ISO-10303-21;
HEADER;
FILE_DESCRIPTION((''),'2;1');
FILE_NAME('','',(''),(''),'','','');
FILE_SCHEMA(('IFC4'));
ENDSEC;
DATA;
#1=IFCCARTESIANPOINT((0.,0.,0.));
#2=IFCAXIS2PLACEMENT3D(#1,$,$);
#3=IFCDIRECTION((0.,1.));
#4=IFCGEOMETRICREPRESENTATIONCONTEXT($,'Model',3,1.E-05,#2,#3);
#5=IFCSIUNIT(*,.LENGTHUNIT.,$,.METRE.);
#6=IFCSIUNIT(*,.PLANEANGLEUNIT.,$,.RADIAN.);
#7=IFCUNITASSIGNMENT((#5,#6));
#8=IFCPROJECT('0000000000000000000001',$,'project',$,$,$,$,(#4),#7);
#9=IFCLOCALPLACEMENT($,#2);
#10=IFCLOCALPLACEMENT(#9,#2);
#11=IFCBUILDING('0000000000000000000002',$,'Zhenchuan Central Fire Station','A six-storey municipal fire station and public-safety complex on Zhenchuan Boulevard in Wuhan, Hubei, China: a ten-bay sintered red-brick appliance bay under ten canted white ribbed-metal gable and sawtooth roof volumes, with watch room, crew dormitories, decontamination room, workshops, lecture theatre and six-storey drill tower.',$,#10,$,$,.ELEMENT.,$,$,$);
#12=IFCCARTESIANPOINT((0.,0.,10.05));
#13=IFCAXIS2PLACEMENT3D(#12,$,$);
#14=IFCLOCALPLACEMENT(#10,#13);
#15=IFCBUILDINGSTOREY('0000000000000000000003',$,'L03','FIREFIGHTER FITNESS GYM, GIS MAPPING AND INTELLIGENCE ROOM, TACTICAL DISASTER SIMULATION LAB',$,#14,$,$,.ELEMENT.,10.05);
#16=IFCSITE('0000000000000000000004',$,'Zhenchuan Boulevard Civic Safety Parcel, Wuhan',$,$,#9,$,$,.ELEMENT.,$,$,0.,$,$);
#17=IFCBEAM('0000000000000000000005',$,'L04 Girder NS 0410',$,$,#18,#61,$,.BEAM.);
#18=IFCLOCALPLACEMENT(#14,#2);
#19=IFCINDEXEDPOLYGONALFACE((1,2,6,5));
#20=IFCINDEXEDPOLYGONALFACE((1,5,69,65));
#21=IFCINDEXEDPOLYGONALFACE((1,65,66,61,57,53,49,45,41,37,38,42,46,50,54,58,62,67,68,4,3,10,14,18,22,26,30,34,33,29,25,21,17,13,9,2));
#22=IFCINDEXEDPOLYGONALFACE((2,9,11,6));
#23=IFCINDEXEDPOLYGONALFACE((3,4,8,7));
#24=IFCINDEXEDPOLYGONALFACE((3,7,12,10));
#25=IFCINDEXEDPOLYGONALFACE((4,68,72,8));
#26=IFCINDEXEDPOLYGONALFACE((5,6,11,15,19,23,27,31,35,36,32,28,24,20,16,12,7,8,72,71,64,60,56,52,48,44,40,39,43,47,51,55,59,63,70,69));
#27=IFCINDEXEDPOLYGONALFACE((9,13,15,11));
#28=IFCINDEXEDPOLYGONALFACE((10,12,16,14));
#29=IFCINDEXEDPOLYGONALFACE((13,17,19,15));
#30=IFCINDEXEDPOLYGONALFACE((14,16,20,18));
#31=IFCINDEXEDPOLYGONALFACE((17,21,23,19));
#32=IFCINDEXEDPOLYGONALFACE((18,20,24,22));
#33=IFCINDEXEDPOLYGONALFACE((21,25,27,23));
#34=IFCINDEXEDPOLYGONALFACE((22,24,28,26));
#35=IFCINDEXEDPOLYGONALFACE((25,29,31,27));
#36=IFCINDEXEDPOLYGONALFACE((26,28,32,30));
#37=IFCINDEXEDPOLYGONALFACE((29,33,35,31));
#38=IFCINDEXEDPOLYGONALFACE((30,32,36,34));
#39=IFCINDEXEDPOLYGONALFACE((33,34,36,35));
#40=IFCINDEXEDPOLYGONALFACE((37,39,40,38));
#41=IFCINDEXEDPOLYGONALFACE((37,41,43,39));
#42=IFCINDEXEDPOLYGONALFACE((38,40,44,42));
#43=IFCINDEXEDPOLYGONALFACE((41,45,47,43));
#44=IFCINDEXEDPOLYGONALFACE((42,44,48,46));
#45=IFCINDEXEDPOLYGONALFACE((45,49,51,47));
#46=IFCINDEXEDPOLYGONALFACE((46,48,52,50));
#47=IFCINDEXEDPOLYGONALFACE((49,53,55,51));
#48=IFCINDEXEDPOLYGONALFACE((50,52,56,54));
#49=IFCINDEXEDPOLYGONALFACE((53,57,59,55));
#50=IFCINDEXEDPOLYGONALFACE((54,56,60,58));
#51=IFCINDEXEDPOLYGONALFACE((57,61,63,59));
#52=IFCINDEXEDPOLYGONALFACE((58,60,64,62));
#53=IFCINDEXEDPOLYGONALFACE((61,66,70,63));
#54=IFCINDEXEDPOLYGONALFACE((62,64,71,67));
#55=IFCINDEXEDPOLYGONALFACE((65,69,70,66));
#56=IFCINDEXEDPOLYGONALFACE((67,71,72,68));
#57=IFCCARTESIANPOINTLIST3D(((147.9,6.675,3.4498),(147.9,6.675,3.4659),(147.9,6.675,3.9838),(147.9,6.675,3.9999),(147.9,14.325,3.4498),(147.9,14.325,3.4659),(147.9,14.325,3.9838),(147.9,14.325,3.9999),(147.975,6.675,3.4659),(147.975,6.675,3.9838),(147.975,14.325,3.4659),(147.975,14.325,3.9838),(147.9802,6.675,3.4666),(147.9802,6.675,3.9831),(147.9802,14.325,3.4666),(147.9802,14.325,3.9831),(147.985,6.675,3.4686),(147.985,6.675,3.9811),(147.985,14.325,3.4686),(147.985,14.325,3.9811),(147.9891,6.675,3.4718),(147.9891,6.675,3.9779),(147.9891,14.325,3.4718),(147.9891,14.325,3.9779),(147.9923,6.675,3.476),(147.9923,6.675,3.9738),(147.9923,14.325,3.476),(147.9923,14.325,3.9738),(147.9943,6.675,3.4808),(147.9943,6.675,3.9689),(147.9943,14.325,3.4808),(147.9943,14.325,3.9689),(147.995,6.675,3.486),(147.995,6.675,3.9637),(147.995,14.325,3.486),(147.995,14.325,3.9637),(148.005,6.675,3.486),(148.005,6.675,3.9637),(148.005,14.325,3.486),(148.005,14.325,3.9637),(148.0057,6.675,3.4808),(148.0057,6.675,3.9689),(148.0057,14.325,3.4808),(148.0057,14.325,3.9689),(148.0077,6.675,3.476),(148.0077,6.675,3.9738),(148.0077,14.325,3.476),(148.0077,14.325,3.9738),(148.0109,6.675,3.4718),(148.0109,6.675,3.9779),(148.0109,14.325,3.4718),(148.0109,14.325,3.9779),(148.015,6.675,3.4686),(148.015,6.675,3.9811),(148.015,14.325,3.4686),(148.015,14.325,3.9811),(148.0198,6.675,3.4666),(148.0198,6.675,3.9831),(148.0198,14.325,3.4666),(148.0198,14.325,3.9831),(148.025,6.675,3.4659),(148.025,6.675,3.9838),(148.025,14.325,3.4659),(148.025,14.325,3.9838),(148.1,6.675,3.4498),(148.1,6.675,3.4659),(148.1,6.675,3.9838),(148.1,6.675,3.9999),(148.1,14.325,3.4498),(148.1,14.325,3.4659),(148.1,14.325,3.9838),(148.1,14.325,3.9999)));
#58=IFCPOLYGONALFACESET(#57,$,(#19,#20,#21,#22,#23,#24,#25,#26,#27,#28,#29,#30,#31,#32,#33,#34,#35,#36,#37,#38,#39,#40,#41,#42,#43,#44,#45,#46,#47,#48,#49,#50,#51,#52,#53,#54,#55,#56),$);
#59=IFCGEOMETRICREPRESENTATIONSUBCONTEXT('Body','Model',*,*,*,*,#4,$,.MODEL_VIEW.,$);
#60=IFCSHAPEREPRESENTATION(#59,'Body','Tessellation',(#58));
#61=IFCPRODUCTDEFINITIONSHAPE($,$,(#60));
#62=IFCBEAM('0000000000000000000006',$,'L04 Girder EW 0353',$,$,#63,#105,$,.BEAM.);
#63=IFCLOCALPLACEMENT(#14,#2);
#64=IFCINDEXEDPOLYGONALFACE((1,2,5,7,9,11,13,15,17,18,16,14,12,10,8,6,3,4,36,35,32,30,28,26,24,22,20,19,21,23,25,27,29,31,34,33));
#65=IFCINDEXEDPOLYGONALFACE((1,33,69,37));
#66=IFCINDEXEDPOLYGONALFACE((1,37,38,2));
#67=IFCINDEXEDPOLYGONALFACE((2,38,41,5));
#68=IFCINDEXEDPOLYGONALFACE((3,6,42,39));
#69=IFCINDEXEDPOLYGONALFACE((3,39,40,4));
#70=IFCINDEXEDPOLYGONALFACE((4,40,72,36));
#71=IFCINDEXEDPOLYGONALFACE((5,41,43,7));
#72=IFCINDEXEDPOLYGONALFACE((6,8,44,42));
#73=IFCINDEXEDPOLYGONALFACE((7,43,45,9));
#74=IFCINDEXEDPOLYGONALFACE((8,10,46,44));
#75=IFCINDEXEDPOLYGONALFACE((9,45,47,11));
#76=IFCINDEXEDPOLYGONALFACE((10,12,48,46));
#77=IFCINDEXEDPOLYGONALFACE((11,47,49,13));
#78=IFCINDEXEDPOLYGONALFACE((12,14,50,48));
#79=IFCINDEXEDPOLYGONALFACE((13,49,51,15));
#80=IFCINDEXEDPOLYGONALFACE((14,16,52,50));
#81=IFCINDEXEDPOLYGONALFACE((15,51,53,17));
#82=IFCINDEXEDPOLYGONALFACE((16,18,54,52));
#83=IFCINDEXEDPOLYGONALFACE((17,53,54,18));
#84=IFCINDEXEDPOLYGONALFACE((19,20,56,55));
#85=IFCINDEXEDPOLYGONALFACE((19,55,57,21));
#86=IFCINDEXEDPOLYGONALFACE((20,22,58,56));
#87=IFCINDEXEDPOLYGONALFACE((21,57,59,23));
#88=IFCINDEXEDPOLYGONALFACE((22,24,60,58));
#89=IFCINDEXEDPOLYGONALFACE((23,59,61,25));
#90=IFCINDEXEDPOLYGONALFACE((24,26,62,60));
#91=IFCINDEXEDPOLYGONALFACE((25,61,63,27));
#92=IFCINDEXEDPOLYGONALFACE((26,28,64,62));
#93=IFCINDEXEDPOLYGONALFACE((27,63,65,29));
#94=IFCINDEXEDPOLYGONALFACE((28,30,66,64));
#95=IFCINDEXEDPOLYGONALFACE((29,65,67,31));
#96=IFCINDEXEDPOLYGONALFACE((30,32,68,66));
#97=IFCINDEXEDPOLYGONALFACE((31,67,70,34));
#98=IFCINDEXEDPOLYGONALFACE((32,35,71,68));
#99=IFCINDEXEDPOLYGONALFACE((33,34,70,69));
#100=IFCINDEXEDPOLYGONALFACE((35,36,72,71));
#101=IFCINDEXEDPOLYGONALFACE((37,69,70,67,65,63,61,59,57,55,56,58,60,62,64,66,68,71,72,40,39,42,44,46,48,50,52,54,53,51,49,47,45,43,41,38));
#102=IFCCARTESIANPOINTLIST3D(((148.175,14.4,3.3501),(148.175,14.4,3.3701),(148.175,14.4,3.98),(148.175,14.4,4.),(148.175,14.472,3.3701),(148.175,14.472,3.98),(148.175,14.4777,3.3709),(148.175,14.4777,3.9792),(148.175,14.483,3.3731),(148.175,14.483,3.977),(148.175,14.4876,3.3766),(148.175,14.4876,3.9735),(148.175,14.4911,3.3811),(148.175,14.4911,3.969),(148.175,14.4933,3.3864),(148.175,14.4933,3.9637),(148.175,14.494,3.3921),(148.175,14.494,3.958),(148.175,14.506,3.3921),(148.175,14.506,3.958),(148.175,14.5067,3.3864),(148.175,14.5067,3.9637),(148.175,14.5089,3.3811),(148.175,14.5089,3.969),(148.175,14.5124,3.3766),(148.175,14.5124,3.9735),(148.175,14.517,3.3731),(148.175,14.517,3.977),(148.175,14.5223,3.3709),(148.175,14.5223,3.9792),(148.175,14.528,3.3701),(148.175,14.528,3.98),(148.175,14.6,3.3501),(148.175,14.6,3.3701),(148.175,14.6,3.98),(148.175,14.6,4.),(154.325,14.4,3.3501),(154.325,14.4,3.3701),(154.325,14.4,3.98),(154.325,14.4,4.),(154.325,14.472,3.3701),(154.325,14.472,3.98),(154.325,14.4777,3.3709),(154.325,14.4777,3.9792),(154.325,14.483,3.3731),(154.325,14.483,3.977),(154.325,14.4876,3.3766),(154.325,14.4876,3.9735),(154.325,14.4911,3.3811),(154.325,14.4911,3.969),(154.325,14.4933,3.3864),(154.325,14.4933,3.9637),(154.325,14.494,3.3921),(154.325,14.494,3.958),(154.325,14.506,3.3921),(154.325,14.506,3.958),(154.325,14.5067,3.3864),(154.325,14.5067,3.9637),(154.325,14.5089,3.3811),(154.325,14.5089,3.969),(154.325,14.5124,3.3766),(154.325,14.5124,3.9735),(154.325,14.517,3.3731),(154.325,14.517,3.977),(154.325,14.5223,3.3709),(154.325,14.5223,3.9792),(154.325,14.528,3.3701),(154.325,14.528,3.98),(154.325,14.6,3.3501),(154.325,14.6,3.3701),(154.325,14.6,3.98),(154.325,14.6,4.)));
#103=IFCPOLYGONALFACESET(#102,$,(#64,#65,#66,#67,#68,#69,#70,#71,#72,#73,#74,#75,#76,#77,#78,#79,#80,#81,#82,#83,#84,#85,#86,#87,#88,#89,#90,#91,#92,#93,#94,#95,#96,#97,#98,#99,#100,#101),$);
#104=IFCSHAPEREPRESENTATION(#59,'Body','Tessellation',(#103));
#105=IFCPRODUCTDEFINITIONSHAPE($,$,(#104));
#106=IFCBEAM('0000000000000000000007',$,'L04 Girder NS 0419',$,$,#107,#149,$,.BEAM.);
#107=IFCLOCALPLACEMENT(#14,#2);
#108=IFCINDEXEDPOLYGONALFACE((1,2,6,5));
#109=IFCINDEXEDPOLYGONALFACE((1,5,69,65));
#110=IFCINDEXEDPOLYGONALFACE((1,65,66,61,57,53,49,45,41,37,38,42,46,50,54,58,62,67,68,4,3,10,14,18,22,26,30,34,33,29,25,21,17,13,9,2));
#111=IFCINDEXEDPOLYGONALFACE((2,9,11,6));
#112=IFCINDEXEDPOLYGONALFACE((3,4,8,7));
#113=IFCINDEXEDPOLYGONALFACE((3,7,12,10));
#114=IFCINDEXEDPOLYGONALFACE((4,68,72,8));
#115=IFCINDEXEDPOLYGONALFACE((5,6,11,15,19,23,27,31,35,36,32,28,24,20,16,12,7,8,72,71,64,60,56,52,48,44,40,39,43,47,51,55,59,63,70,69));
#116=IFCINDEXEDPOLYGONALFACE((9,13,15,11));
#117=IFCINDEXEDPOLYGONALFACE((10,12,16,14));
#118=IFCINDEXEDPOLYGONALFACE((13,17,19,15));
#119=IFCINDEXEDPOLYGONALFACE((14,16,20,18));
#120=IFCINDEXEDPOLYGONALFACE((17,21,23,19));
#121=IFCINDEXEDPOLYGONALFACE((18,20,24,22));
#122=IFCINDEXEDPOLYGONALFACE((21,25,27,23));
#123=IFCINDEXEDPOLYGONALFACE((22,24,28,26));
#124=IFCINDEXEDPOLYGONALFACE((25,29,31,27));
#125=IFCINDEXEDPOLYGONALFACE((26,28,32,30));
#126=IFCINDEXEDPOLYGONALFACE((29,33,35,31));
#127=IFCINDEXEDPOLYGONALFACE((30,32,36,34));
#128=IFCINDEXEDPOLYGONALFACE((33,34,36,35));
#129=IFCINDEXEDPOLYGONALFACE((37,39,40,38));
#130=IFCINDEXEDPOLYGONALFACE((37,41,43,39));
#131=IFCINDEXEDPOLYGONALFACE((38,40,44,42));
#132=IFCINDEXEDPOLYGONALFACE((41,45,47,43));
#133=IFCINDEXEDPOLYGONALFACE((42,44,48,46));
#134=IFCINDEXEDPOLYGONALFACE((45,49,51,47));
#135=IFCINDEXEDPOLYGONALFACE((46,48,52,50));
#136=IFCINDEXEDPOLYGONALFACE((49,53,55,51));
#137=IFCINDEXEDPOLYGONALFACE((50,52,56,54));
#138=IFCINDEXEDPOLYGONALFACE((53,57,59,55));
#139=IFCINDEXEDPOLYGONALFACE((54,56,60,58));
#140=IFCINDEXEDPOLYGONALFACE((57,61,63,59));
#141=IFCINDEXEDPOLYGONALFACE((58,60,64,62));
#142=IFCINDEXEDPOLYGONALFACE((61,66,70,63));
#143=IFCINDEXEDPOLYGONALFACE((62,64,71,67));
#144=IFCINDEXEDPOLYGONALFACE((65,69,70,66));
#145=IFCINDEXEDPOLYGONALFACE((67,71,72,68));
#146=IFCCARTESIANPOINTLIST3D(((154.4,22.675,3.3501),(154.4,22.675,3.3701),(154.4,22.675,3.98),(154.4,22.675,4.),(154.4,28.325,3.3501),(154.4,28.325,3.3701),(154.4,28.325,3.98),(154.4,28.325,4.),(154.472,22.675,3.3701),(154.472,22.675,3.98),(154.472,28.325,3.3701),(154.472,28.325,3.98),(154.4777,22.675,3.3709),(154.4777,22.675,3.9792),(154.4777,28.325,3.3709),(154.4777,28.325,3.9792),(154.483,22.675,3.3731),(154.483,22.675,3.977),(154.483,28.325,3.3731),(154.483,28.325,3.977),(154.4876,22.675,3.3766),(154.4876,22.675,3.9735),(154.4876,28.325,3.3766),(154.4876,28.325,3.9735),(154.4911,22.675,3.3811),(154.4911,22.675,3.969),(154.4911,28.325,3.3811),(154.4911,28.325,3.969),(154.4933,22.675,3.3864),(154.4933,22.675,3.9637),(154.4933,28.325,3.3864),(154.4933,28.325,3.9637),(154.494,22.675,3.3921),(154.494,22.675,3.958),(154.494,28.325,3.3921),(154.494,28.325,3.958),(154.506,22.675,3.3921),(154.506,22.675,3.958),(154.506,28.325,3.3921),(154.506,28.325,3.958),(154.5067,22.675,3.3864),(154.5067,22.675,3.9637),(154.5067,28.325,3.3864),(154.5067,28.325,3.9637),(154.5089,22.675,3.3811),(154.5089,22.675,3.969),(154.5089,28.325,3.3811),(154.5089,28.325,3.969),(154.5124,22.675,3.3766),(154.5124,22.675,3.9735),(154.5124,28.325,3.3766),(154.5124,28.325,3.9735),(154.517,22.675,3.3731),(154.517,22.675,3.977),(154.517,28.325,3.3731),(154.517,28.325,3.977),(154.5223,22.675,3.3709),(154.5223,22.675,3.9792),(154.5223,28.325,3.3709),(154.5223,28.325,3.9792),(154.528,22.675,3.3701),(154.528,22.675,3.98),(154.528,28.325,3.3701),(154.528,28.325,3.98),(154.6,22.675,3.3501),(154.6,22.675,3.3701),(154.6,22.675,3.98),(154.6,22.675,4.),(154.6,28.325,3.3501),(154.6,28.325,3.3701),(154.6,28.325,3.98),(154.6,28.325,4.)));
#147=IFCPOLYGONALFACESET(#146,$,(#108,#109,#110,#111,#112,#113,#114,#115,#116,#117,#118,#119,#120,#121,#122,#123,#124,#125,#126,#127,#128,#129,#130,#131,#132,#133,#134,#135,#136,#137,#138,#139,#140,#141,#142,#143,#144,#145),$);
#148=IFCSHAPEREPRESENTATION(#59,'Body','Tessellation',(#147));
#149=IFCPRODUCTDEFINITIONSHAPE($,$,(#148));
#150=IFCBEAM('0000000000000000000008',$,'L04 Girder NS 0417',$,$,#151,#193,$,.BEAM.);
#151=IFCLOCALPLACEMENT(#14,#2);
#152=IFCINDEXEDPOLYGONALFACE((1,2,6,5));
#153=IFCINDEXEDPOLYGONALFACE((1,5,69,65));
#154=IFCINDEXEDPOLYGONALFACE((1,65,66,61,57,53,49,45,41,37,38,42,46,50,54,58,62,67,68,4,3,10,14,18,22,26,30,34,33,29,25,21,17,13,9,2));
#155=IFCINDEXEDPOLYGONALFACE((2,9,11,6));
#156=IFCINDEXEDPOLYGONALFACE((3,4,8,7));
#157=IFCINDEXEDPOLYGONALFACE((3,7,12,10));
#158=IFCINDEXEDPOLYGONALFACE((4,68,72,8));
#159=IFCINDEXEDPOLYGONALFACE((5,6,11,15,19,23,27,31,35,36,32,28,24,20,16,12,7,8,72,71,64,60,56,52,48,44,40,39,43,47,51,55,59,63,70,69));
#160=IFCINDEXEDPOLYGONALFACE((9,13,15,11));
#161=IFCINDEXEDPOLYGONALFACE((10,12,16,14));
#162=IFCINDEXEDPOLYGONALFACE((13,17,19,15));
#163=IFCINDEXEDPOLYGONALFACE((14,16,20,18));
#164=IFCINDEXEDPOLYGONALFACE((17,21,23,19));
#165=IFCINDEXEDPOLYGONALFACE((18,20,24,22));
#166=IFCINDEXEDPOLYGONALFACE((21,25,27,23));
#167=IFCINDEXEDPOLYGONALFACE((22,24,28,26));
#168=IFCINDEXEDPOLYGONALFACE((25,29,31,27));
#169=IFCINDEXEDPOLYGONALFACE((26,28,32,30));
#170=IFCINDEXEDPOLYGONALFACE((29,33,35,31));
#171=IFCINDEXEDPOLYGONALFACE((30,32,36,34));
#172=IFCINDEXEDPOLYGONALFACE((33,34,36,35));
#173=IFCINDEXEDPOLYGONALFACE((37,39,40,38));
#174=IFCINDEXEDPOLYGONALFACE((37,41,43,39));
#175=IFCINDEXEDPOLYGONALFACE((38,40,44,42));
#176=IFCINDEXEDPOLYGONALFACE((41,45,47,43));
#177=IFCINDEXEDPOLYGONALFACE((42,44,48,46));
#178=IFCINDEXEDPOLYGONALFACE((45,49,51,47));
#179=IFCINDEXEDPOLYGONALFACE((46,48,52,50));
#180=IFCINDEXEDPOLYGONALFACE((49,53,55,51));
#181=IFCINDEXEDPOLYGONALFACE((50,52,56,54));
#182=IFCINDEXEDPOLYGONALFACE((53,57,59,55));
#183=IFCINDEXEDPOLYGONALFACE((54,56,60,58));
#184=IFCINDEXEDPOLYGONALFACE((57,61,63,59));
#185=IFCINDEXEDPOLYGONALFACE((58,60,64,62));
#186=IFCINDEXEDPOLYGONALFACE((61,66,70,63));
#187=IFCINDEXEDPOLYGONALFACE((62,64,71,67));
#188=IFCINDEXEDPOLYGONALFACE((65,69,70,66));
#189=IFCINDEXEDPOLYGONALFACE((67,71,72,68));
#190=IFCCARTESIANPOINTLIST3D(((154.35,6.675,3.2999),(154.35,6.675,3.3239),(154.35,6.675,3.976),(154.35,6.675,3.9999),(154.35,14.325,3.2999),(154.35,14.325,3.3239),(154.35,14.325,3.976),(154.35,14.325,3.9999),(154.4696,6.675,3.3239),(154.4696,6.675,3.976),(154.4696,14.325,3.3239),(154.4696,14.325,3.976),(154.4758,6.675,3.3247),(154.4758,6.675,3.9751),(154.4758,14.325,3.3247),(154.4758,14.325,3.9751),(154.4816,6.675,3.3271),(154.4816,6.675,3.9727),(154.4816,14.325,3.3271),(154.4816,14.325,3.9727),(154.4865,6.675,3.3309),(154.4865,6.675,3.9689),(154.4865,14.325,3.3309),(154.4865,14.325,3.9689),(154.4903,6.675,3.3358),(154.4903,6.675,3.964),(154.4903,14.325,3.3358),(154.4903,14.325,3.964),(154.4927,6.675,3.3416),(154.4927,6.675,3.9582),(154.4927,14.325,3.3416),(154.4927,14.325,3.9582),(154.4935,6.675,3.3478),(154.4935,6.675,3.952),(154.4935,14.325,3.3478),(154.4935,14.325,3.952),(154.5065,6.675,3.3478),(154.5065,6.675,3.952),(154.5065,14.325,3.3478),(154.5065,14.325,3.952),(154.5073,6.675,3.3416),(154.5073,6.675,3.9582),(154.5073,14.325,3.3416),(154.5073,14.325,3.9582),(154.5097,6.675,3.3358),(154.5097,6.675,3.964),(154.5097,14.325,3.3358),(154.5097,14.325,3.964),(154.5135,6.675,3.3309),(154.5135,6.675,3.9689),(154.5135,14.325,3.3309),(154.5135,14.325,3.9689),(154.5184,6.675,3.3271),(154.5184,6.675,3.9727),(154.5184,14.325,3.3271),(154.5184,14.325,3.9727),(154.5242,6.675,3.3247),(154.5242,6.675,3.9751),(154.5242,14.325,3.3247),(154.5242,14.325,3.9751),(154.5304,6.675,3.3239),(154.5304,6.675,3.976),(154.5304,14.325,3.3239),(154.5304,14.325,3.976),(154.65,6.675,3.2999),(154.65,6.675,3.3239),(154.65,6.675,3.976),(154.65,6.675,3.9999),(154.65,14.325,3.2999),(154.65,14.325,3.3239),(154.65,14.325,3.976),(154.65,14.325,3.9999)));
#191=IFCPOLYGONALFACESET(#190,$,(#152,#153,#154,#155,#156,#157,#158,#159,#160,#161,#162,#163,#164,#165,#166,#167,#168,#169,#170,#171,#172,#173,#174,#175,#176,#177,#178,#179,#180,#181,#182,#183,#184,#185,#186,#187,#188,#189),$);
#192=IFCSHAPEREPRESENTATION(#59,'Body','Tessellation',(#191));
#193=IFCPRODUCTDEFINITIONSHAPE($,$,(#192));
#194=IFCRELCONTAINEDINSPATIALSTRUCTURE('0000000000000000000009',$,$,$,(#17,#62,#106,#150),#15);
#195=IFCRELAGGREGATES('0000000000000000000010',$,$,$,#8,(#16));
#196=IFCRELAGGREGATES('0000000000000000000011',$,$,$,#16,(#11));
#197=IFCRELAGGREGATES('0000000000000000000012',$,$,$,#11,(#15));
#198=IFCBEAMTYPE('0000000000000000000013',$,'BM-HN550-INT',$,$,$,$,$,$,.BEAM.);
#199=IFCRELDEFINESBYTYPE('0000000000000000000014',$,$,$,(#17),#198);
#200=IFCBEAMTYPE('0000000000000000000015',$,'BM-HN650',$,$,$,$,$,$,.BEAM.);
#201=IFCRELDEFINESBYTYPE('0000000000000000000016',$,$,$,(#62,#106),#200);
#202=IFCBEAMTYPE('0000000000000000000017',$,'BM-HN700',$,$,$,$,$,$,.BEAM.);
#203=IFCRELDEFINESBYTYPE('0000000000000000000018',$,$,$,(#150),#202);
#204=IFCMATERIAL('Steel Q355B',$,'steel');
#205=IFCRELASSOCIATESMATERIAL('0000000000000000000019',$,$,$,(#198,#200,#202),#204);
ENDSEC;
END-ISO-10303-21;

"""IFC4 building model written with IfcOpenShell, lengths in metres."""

from ifc_helpers import new_model, si_unit, direction, frame, origin, origin_2d, place, context, subcontext, project, spatial, i_section, extrude, material, material_profile, profile_set, type_object, element, save


model = new_model("IFC4")

# Units and contexts
model_context = context("Model", 3, precision=1e-05, world=origin(), true_north=direction((0.0, 1.0)))
body_context = subcontext(model_context, "Body", "Model", "MODEL_VIEW")
ifc_project = project(units=[si_unit("LENGTHUNIT", "METRE"), si_unit("PLANEANGLEUNIT", "RADIAN")], contexts=[model_context])

# Site, building, storey
site_placement = place(None, origin())
site = spatial("IfcSite", under=ifc_project, at=site_placement, Name="Zhenchuan Boulevard Civic Safety Parcel, Wuhan", CompositionType="ELEMENT", RefElevation=0.0)
building_placement = place(site_placement, origin())
building = spatial("IfcBuilding", under=site, at=building_placement, Name="Zhenchuan Central Fire Station", Description="A six-storey municipal fire station and public-safety complex on Zhenchuan Boulevard in Wuhan, Hubei, China: a ten-bay sintered red-brick appliance bay under ten canted white ribbed-metal gable and sawtooth roof volumes, with watch room, crew dormitories, decontamination room, workshops, lecture theatre and six-storey drill tower.", CompositionType="ELEMENT")
storey_placement = place(building_placement, frame((0.0, 0.0, 10.05)))
storey = spatial("IfcBuildingStorey", under=building, at=storey_placement, Name="L03", Description="FIREFIGHTER FITNESS GYM, GIS MAPPING AND INTELLIGENCE ROOM, TACTICAL DISASTER SIMULATION LAB", CompositionType="ELEMENT", Elevation=10.05)

# Shared definitions
ifc_material_1 = material(Name="Steel Q355B", Category="steel")

# Beams
ifc_material_profile_1 = material_profile(ifc_material_1, i_section(OverallWidth=0.2, OverallDepth=0.55, WebThickness=0.01, FlangeThickness=0.0161, FilletRadius=0.02, at=origin_2d()), Name="HN 550x200")
ifc_profile_set_1 = profile_set([ifc_material_profile_1], Name="Steel Q355B")
beam_type_1 = type_object("IfcBeamType", Name="BM-HN550-INT", PredefinedType="BEAM", material=ifc_profile_set_1)
beam_1_placement = place(storey_placement, frame((148.0, 6.675, 3.7249), z_axis=(0.0, 1.0, 0.0), x_axis=(-1.0, 0.0, 0.0)))
element("IfcBeam", 1, at=beam_1_placement, inside=storey, type_object=beam_type_1, Name="L04 Girder NS 0410", PredefinedType="BEAM", context=body_context, shape_type="SweptSolid", body=[
    extrude(i_section(OverallWidth=0.2, OverallDepth=0.55, WebThickness=0.01, FlangeThickness=0.0161, FilletRadius=0.02, at=origin_2d()), origin(), (0.0, 0.0, 1.0), 7.6499),
])
ifc_material_profile_2 = material_profile(ifc_material_1, i_section(OverallWidth=0.2, OverallDepth=0.6499, WebThickness=0.012, FlangeThickness=0.02, FilletRadius=0.022, at=origin_2d()), Name="HN 650x200")
ifc_profile_set_2 = profile_set([ifc_material_profile_2], Name="Steel Q355B")
beam_type_2 = type_object("IfcBeamType", Name="BM-HN650", PredefinedType="BEAM", material=ifc_profile_set_2)
beam_2_placement = place(storey_placement, frame((148.175, 14.5, 3.675), z_axis=(1.0, 0.0, 0.0), x_axis=(0.0, 1.0, 0.0)))
element("IfcBeam", 2, at=beam_2_placement, inside=storey, type_object=beam_type_2, Name="L04 Girder EW 0353", PredefinedType="BEAM", context=body_context, shape_type="SweptSolid", body=[
    extrude(i_section(OverallWidth=0.2, OverallDepth=0.6499, WebThickness=0.012, FlangeThickness=0.02, FilletRadius=0.022, at=origin_2d()), origin(), (0.0, 0.0, 1.0), 6.1499),
])
beam_3_placement = place(storey_placement, frame((154.5, 22.675, 3.675), z_axis=(0.0, 1.0, 0.0), x_axis=(-1.0, 0.0, 0.0)))
element("IfcBeam", 3, at=beam_3_placement, inside=storey, type_object=beam_type_2, Name="L04 Girder NS 0419", PredefinedType="BEAM", context=body_context, shape_type="SweptSolid", body=[
    extrude(i_section(OverallWidth=0.2, OverallDepth=0.6499, WebThickness=0.012, FlangeThickness=0.02, FilletRadius=0.022, at=origin_2d()), origin(), (0.0, 0.0, 1.0), 5.6499),
])
ifc_material_profile_3 = material_profile(ifc_material_1, i_section(OverallWidth=0.3, OverallDepth=0.7, WebThickness=0.0129, FlangeThickness=0.0239, FilletRadius=0.0239, at=origin_2d()), Name="HN 700x300")
ifc_profile_set_3 = profile_set([ifc_material_profile_3], Name="Steel Q355B")
beam_type_3 = type_object("IfcBeamType", Name="BM-HN700", PredefinedType="BEAM", material=ifc_profile_set_3)
beam_4_placement = place(storey_placement, frame((154.5, 6.675, 3.6499), z_axis=(0.0, 1.0, 0.0), x_axis=(-1.0, 0.0, 0.0)))
element("IfcBeam", 4, at=beam_4_placement, inside=storey, type_object=beam_type_3, Name="L04 Girder NS 0417", PredefinedType="BEAM", context=body_context, shape_type="SweptSolid", body=[
    extrude(i_section(OverallWidth=0.3, OverallDepth=0.7, WebThickness=0.0129, FlangeThickness=0.0239, FilletRadius=0.0239, at=origin_2d()), origin(), (0.0, 0.0, 1.0), 7.6499),
])

save(model, "model.ifc")
